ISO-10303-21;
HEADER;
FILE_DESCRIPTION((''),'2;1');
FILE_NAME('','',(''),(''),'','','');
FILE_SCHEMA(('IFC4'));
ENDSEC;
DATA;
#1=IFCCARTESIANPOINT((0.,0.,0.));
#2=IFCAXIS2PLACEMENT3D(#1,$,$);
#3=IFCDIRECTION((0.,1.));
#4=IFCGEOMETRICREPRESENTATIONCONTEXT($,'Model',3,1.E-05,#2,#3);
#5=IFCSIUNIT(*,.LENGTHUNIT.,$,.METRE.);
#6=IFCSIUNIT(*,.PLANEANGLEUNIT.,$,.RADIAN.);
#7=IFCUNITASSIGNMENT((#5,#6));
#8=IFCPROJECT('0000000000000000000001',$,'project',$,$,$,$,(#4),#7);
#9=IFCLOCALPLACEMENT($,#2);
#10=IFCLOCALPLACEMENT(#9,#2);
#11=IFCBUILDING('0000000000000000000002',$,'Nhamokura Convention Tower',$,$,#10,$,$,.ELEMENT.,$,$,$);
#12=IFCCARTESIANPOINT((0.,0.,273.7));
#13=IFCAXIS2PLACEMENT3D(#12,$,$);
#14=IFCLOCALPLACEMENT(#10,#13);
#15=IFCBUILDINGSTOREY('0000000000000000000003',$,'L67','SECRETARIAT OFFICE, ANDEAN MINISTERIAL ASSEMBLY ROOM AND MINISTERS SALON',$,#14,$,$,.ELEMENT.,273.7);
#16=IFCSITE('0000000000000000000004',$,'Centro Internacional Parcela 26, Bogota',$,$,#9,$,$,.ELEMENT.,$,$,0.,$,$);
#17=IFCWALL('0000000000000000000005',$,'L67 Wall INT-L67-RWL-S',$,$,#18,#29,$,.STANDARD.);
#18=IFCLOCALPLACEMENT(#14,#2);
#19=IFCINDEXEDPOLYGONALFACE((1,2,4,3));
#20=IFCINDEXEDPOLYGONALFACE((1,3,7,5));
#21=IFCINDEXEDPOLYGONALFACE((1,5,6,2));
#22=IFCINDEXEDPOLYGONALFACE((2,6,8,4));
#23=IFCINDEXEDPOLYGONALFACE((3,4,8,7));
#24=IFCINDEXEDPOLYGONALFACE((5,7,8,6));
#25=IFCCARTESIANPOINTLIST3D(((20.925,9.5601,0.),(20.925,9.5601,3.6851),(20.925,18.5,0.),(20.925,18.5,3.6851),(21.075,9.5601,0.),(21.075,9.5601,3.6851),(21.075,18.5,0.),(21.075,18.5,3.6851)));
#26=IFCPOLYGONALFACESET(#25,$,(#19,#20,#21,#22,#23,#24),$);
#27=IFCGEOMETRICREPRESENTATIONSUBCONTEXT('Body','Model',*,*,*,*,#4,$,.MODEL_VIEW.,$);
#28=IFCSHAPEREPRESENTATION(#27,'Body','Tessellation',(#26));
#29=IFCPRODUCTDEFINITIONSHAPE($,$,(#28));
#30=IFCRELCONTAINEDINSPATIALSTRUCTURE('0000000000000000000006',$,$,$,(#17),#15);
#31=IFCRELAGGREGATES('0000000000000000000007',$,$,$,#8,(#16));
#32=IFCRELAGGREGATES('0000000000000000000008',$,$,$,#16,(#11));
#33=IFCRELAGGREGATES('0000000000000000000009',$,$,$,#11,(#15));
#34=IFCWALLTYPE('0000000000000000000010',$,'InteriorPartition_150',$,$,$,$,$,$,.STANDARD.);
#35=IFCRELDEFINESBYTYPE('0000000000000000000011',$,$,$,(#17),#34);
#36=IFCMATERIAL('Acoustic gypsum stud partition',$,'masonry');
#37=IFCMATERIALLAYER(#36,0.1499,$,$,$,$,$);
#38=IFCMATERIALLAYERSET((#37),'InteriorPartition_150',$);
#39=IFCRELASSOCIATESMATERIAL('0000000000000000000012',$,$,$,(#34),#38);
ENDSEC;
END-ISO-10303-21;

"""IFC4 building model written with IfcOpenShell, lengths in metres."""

from ifc_helpers import new_model, si_unit, direction, frame, frame_2d, origin, place, context, subcontext, project, spatial, rectangle, extrude, material, layer, layer_set, type_object, element, save


model = new_model("IFC4")

# Units and contexts
model_context = context("Model", 3, precision=1e-05, world=origin(), true_north=direction((0.0, 1.0)))
body_context = subcontext(model_context, "Body", "Model", "MODEL_VIEW")
ifc_project = project(units=[si_unit("LENGTHUNIT", "METRE"), si_unit("PLANEANGLEUNIT", "RADIAN")], contexts=[model_context])

# Site, building, storey
site_placement = place(None, origin())
site = spatial("IfcSite", under=ifc_project, at=site_placement, Name="Centro Internacional Parcela 26, Bogota", CompositionType="ELEMENT", RefElevation=0.0)
building_placement = place(site_placement, origin())
building = spatial("IfcBuilding", under=site, at=building_placement, Name="Nhamokura Convention Tower", CompositionType="ELEMENT")
storey_placement = place(building_placement, frame((0.0, 0.0, 273.7)))
storey = spatial("IfcBuildingStorey", under=building, at=storey_placement, Name="L67", Description="SECRETARIAT OFFICE, ANDEAN MINISTERIAL ASSEMBLY ROOM AND MINISTERS SALON", CompositionType="ELEMENT", Elevation=273.7)

# Wall
ifc_material_1 = material(Name="Acoustic gypsum stud partition", Category="masonry")
ifc_layer_1 = layer(ifc_material_1, 0.1499)
ifc_layer_set_1 = layer_set([ifc_layer_1], Name="InteriorPartition_150")
wall_type_1 = type_object("IfcWallType", Name="InteriorPartition_150", PredefinedType="STANDARD", material=ifc_layer_set_1)
wall_1_placement = place(storey_placement, frame((21.0, 9.5601, 0.0), z_axis=(0.0, 0.0, 1.0), x_axis=(0.0, 1.0, 0.0)))
element("IfcWall", 1, at=wall_1_placement, inside=storey, type_object=wall_type_1, Name="L67 Wall INT-L67-RWL-S", PredefinedType="STANDARD", context=body_context, shape_type="SweptSolid", body=[
    extrude(rectangle(XDim=8.9399, YDim=0.1499, at=frame_2d((4.47, 0.0))), origin(), (0.0, 0.0, 1.0), 3.6851),
])

save(model, "model.ifc")
